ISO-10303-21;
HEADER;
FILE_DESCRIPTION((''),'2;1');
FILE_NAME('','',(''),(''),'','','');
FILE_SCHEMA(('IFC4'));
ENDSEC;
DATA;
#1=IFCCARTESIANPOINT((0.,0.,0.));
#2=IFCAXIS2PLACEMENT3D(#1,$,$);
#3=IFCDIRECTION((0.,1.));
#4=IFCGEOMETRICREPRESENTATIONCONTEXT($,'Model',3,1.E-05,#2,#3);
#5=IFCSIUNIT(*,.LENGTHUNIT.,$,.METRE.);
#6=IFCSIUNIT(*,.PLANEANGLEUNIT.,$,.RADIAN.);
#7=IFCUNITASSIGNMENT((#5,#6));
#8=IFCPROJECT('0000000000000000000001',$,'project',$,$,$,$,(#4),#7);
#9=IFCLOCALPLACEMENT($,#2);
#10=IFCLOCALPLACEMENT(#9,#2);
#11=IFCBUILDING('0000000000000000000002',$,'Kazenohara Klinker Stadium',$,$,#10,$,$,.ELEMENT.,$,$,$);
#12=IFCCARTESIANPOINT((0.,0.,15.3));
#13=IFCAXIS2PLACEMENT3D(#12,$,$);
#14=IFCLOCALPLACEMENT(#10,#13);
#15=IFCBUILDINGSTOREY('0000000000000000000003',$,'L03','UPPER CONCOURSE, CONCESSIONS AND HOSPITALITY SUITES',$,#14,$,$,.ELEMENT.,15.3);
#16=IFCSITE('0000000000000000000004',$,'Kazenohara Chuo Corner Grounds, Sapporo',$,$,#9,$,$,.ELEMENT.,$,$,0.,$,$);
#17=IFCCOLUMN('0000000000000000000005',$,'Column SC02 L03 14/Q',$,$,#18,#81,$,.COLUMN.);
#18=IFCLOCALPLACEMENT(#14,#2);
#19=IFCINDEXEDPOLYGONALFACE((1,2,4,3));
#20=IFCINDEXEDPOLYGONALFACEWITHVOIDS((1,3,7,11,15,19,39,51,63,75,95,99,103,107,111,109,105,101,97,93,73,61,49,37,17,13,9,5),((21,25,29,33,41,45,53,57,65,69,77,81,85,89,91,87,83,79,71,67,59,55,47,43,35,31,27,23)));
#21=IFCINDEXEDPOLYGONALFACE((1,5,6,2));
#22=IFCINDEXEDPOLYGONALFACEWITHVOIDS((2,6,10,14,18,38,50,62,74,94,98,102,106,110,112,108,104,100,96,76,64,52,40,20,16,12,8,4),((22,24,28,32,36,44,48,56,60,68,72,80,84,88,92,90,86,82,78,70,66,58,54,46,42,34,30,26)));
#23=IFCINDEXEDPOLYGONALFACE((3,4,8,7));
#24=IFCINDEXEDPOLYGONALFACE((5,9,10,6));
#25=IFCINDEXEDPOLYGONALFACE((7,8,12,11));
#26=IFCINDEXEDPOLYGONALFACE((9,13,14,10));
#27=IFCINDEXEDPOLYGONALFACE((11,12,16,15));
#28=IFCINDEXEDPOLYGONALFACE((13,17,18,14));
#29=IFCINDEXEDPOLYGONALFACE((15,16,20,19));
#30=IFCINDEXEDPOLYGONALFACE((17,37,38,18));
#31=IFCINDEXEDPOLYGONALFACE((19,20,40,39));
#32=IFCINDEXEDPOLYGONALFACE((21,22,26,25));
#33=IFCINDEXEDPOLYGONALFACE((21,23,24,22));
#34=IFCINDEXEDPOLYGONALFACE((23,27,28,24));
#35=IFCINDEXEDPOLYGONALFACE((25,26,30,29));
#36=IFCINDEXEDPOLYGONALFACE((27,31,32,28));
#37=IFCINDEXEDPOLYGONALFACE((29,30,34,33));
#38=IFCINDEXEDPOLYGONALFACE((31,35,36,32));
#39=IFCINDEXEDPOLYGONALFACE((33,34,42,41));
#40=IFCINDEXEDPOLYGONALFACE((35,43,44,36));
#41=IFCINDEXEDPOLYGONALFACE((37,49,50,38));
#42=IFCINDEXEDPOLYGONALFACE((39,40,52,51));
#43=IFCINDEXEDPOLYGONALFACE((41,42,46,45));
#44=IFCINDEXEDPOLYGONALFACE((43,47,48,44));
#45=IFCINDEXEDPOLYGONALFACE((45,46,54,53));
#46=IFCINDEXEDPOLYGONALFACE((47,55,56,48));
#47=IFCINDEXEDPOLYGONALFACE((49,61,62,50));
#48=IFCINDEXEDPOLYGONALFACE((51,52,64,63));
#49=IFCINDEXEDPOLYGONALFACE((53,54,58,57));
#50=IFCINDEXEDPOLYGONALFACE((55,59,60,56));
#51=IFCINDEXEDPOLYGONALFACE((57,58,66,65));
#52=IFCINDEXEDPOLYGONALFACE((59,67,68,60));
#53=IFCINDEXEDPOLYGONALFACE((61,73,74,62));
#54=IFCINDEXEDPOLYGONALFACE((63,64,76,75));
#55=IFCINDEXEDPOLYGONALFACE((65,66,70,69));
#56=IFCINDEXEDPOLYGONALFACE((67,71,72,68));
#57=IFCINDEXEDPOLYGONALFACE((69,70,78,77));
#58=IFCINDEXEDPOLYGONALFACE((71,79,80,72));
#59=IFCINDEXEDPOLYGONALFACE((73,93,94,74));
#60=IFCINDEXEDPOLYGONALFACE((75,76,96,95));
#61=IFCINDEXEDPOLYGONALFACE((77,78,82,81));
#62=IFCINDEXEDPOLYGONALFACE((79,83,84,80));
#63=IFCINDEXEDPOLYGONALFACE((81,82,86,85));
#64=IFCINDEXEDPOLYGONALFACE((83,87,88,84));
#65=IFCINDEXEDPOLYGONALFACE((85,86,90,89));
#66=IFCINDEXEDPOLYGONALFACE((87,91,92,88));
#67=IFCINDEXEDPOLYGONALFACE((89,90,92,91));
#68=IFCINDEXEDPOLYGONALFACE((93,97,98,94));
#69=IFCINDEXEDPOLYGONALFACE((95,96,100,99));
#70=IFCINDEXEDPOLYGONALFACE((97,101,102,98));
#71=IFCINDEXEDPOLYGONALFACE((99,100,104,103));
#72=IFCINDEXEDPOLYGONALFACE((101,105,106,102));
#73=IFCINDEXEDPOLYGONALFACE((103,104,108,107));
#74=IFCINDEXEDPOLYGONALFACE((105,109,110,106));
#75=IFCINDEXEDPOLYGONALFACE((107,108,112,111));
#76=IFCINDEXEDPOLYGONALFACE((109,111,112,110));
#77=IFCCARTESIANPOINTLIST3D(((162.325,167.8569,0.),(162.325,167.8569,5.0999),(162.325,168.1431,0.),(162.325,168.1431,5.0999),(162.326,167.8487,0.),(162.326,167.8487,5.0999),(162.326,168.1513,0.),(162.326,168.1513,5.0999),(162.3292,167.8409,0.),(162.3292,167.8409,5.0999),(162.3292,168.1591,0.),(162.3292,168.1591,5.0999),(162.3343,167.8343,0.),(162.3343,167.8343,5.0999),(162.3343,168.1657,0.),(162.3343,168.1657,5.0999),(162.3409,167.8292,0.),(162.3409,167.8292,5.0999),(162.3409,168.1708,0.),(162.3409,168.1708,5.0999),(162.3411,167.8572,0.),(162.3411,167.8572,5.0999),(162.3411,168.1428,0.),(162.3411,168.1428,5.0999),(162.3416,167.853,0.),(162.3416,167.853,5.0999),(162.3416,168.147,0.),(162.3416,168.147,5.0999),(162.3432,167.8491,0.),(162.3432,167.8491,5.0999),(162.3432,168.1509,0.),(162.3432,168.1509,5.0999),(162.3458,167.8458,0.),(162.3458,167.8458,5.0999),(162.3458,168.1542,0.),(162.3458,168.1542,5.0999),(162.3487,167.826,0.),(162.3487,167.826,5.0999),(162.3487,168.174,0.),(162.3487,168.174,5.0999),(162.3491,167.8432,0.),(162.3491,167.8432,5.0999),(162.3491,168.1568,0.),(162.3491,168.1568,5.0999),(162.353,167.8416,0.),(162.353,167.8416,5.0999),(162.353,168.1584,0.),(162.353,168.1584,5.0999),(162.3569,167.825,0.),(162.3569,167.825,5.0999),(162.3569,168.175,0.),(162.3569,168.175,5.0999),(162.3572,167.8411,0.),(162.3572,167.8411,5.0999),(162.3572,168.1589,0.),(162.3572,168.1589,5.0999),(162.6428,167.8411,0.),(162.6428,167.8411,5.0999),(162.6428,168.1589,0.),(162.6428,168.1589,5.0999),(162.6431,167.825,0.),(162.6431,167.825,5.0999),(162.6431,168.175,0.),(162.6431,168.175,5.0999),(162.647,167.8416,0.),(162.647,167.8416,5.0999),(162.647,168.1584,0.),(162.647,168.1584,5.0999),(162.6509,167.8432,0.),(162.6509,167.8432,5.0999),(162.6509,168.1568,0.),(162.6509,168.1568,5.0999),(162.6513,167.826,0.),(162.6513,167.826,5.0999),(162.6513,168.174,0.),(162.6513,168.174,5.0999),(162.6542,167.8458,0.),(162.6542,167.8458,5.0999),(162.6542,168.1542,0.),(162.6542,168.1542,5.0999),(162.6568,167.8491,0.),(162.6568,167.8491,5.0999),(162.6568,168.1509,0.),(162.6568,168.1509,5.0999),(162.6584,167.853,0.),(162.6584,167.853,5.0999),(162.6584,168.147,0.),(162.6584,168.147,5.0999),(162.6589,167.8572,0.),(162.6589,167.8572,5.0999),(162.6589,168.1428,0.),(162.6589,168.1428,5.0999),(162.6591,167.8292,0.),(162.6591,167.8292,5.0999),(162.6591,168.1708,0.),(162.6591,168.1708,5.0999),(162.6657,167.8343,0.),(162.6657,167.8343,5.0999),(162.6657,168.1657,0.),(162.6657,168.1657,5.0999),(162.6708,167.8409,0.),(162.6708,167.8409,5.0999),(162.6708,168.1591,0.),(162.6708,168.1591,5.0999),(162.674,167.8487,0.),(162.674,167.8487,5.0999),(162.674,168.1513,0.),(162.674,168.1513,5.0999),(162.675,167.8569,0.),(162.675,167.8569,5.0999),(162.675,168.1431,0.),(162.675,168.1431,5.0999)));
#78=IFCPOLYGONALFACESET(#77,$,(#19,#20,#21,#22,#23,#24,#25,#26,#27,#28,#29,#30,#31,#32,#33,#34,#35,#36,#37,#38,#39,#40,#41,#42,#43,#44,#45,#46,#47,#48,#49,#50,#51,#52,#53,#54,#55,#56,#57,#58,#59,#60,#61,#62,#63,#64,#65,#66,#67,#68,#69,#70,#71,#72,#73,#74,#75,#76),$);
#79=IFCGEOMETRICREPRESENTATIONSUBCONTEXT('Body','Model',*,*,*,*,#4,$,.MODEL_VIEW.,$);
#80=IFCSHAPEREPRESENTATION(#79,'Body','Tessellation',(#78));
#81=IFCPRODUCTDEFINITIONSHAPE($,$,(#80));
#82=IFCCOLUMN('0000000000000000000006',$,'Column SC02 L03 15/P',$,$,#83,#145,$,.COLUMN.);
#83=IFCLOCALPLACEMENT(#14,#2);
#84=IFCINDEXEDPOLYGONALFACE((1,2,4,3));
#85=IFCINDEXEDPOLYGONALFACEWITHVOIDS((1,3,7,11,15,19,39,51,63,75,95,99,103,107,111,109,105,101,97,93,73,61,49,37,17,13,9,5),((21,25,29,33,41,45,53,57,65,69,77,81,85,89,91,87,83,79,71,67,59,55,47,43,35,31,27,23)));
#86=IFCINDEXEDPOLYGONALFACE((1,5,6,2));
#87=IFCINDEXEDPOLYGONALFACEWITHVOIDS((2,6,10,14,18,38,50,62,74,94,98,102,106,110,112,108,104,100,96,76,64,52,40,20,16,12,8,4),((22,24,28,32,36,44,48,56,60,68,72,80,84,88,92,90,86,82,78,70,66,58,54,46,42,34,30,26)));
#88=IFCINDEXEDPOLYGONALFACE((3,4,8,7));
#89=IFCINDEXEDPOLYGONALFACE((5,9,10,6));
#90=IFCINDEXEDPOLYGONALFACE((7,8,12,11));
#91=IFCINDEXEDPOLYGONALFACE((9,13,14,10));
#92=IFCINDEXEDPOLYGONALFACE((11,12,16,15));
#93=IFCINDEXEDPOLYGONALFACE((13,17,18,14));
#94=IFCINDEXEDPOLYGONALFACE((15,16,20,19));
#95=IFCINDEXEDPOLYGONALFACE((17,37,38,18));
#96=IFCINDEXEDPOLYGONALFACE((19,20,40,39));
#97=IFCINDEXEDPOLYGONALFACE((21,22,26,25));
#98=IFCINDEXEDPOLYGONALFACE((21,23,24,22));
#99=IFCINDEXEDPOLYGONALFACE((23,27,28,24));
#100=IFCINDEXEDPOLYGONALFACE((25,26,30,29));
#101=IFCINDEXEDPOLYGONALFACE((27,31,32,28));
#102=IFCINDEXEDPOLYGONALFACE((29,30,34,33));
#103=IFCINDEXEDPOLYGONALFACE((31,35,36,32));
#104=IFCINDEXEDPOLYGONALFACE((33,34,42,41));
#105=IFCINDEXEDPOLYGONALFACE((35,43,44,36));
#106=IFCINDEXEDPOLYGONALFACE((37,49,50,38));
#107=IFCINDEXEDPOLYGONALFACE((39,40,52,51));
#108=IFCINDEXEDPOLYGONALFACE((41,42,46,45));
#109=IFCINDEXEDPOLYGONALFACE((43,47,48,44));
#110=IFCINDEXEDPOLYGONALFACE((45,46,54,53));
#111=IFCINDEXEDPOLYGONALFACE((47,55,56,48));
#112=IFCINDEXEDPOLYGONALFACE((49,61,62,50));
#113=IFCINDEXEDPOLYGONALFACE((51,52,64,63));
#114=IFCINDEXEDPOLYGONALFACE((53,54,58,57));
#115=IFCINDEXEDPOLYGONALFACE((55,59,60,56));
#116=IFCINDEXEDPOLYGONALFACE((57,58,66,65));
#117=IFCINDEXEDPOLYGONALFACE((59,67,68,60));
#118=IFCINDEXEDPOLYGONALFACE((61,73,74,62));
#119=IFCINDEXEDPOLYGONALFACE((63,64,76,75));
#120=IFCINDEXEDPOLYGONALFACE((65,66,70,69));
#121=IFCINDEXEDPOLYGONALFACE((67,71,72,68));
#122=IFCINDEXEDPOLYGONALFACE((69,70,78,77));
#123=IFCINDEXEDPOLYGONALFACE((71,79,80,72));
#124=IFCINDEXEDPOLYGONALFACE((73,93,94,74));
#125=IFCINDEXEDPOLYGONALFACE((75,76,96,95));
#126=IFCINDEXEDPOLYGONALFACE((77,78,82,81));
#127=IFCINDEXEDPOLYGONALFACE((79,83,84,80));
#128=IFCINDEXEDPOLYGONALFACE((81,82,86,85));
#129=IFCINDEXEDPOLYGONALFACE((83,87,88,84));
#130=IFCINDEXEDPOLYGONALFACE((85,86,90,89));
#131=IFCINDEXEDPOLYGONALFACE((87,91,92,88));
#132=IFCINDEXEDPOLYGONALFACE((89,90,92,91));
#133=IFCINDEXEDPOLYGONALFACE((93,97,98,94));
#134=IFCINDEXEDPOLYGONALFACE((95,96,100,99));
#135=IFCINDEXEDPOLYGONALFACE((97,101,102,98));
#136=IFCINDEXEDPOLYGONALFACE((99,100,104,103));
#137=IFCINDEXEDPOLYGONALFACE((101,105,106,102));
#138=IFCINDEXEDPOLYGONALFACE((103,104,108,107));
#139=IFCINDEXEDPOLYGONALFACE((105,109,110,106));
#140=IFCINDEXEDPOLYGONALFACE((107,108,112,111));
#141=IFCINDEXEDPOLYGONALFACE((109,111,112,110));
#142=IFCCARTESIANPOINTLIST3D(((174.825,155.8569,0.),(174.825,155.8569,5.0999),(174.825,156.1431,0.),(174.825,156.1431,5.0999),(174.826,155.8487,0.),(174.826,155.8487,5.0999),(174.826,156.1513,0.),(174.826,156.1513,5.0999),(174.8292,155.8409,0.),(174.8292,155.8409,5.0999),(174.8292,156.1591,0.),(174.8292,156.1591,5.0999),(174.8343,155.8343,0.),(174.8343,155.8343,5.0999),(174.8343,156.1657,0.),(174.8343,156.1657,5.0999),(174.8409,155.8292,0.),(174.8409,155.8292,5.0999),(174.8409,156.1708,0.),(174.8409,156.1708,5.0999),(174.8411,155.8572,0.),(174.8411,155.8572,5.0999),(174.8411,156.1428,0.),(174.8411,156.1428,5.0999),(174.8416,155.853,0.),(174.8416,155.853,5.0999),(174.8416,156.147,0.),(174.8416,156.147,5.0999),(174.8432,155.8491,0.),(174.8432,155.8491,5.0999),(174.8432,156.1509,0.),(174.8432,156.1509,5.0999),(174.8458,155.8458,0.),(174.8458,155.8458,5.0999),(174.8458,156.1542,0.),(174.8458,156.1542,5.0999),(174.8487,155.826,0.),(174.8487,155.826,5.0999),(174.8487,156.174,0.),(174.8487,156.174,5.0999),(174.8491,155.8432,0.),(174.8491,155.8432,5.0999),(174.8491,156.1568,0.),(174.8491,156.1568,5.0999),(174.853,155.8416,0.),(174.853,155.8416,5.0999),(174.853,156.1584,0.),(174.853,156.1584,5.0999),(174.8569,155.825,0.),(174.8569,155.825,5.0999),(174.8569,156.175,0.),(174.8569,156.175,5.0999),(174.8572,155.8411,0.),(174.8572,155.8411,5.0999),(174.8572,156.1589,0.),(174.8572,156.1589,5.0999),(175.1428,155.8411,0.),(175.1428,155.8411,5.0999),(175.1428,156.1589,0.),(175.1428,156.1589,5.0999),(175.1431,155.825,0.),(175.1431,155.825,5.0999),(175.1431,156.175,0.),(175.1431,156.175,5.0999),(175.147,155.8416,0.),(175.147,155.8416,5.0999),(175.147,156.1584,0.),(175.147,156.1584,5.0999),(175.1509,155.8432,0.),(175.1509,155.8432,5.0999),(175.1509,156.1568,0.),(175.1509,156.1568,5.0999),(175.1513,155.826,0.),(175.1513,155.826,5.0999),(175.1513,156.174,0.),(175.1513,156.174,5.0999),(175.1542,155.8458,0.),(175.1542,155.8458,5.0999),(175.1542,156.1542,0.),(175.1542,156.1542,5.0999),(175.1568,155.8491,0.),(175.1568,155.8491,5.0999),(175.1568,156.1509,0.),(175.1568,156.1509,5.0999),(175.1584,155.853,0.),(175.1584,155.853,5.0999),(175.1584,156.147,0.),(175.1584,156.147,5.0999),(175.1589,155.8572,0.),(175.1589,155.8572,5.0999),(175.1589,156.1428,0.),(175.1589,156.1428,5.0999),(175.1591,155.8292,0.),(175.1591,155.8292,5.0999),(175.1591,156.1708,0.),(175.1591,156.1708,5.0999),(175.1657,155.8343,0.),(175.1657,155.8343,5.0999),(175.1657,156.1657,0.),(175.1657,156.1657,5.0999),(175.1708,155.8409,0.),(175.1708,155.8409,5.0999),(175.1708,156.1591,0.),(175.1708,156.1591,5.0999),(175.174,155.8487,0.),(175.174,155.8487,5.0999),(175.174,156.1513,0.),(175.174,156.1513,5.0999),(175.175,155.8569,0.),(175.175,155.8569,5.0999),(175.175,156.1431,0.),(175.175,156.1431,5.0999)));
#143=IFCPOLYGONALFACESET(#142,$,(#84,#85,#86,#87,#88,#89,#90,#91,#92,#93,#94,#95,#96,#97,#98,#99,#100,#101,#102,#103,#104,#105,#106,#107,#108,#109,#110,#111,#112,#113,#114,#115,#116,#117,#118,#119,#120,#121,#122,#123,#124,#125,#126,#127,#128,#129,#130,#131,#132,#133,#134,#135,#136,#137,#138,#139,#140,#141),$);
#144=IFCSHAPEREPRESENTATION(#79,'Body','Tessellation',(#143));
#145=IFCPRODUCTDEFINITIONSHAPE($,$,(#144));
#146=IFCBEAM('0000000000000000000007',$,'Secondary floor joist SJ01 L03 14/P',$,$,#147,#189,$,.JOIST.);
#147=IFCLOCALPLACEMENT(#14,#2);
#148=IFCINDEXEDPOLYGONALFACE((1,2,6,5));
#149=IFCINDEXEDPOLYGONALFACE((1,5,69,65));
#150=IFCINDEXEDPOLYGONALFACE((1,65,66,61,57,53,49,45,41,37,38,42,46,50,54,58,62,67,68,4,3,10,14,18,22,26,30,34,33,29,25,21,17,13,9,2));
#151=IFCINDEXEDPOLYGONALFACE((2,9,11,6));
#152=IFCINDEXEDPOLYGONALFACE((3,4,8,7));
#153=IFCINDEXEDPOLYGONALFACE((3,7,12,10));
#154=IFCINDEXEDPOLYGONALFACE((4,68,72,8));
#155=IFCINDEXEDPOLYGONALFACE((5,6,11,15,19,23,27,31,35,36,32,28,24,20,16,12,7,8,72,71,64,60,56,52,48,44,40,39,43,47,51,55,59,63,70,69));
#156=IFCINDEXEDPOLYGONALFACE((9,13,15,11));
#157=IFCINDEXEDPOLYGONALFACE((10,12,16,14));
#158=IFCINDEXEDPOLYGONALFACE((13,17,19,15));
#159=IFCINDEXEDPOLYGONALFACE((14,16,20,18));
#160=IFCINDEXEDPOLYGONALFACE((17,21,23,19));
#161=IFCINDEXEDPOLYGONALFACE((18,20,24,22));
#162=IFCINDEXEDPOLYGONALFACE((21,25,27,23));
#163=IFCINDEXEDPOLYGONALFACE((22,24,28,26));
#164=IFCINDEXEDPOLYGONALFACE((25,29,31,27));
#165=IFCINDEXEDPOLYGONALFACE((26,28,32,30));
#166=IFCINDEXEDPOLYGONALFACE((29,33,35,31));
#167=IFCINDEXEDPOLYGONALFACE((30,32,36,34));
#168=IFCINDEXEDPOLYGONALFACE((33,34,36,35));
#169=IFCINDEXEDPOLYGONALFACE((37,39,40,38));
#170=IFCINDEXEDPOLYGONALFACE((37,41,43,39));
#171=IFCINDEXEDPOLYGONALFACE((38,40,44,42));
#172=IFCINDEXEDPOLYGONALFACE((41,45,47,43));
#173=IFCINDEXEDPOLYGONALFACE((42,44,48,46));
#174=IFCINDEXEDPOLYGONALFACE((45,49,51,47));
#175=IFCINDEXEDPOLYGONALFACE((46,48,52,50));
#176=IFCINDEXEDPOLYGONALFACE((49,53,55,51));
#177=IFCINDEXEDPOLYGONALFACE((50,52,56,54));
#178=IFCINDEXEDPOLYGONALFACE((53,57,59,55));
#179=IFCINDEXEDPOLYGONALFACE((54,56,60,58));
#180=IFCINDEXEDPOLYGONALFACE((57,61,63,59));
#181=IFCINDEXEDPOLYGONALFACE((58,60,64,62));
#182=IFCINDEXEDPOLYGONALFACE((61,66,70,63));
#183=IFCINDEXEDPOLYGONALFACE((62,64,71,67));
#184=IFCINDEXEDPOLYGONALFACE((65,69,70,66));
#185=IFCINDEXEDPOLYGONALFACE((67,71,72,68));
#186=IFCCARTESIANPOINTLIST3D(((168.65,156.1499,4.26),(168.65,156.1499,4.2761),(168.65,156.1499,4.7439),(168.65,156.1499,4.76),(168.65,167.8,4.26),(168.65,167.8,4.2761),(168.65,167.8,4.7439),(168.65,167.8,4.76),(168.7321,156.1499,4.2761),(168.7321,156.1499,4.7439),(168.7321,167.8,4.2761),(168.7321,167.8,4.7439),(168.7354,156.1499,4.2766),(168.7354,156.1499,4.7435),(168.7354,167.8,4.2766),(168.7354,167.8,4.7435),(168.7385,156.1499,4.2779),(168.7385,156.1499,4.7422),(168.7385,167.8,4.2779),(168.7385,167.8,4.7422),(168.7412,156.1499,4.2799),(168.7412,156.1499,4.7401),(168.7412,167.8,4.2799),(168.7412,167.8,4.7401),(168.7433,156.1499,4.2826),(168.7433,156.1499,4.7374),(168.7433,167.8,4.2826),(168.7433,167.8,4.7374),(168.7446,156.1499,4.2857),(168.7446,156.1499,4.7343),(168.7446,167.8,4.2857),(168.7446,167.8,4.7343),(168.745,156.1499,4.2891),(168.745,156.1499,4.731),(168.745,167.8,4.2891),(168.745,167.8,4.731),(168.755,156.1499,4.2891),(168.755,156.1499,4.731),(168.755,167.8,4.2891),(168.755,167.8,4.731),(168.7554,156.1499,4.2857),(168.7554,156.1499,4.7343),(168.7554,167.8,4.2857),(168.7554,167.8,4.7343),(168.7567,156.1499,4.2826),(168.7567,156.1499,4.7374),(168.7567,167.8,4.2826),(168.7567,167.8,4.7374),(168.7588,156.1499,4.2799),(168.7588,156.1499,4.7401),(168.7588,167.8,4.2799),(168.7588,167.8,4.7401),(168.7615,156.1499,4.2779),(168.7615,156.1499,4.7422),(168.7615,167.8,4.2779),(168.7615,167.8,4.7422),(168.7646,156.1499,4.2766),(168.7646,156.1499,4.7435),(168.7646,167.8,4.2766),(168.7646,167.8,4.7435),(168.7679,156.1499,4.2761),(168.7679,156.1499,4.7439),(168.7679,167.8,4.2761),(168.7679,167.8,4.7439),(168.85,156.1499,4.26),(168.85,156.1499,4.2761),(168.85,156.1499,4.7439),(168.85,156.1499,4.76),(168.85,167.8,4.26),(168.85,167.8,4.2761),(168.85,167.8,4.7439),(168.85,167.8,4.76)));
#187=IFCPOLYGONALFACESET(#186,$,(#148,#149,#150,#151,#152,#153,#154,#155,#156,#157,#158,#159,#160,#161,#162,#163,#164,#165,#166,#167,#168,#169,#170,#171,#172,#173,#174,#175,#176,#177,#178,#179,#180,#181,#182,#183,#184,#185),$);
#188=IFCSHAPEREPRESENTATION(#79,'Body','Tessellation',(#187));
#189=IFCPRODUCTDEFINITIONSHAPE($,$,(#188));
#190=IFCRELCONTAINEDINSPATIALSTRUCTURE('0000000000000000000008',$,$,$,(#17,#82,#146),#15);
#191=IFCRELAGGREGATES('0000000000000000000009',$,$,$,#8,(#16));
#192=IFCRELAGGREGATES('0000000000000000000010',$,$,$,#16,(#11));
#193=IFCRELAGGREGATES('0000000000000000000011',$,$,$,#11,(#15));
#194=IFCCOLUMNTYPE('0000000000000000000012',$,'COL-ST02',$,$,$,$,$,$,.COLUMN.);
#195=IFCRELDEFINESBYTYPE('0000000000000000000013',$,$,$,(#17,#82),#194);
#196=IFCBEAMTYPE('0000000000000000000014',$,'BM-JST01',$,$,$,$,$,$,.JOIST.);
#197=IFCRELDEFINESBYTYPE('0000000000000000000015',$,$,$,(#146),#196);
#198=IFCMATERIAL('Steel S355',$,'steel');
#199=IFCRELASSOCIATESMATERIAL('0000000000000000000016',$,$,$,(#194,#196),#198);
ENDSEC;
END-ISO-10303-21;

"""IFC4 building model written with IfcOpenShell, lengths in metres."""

from ifc_helpers import new_model, si_unit, direction, frame, origin, origin_2d, place, context, subcontext, project, spatial, hollow_rectangle, i_section, extrude, material, material_profile, profile_set, type_object, element, save


model = new_model("IFC4")

# Units and contexts
model_context = context("Model", 3, precision=1e-05, world=origin(), true_north=direction((0.0, 1.0)))
body_context = subcontext(model_context, "Body", "Model", "MODEL_VIEW")
ifc_project = project(units=[si_unit("LENGTHUNIT", "METRE"), si_unit("PLANEANGLEUNIT", "RADIAN")], contexts=[model_context])

# Site, building, storey
site_placement = place(None, origin())
site = spatial("IfcSite", under=ifc_project, at=site_placement, Name="Kazenohara Chuo Corner Grounds, Sapporo", CompositionType="ELEMENT", RefElevation=0.0)
building_placement = place(site_placement, origin())
building = spatial("IfcBuilding", under=site, at=building_placement, Name="Kazenohara Klinker Stadium", CompositionType="ELEMENT")
storey_placement = place(building_placement, frame((0.0, 0.0, 15.3)))
storey = spatial("IfcBuildingStorey", under=building, at=storey_placement, Name="L03", Description="UPPER CONCOURSE, CONCESSIONS AND HOSPITALITY SUITES", CompositionType="ELEMENT", Elevation=15.3)

# Columns
ifc_material_1 = material(Name="Steel S355", Category="steel")
ifc_material_profile_1 = material_profile(ifc_material_1, hollow_rectangle(XDim=0.3501, YDim=0.3501, WallThickness=0.0161, InnerFilletRadius=0.0161, OuterFilletRadius=0.032, at=origin_2d()), Name="SHS-350x350x16")
ifc_profile_set_1 = profile_set([ifc_material_profile_1], Name="Steel S355")
column_type = type_object("IfcColumnType", Name="COL-ST02", PredefinedType="COLUMN", material=ifc_profile_set_1)
for number, where, z_axis, x_axis, name in (
    (1, (162.5, 168.0, 0.0), (0.0, 0.0, 1.0), (1.0, 0.0, 0.0), "Column SC02 L03 14/Q"),
    (2, (175.0, 156.0, 0.0), (0.0, 0.0, 1.0), (1.0, 0.0, 0.0), "Column SC02 L03 15/P"),
):
    element("IfcColumn", number, at=place(storey_placement, frame(where, z_axis=z_axis, x_axis=x_axis)), inside=storey, type_object=column_type, Name=name, PredefinedType="COLUMN", context=body_context, shape_type="SweptSolid", body=[
        extrude(hollow_rectangle(XDim=0.3501, YDim=0.3501, WallThickness=0.0161, InnerFilletRadius=0.0161, OuterFilletRadius=0.032, at=origin_2d()), origin(), (0.0, 0.0, 1.0), 5.0999),
    ])

# Beam
ifc_material_profile_2 = material_profile(ifc_material_1, i_section(OverallWidth=0.2, OverallDepth=0.5, WebThickness=0.01, FlangeThickness=0.0161, FilletRadius=0.0129, at=origin_2d()), Name="H-500x200x10x16")
ifc_profile_set_2 = profile_set([ifc_material_profile_2], Name="Steel S355")
beam_type_1 = type_object("IfcBeamType", Name="BM-JST01", PredefinedType="JOIST", material=ifc_profile_set_2)
beam_1_placement = place(storey_placement, frame((168.75, 156.1499, 4.51), z_axis=(0.0, 1.0, 0.0), x_axis=(-1.0, 0.0, 0.0)))
element("IfcBeam", 3, at=beam_1_placement, inside=storey, type_object=beam_type_1, Name="Secondary floor joist SJ01 L03 14/P", PredefinedType="JOIST", context=body_context, shape_type="SweptSolid", body=[
    extrude(i_section(OverallWidth=0.2, OverallDepth=0.5, WebThickness=0.01, FlangeThickness=0.0161, FilletRadius=0.0129, at=origin_2d()), origin(), (0.0, 0.0, 1.0), 11.6501),
])

save(model, "model.ifc")
